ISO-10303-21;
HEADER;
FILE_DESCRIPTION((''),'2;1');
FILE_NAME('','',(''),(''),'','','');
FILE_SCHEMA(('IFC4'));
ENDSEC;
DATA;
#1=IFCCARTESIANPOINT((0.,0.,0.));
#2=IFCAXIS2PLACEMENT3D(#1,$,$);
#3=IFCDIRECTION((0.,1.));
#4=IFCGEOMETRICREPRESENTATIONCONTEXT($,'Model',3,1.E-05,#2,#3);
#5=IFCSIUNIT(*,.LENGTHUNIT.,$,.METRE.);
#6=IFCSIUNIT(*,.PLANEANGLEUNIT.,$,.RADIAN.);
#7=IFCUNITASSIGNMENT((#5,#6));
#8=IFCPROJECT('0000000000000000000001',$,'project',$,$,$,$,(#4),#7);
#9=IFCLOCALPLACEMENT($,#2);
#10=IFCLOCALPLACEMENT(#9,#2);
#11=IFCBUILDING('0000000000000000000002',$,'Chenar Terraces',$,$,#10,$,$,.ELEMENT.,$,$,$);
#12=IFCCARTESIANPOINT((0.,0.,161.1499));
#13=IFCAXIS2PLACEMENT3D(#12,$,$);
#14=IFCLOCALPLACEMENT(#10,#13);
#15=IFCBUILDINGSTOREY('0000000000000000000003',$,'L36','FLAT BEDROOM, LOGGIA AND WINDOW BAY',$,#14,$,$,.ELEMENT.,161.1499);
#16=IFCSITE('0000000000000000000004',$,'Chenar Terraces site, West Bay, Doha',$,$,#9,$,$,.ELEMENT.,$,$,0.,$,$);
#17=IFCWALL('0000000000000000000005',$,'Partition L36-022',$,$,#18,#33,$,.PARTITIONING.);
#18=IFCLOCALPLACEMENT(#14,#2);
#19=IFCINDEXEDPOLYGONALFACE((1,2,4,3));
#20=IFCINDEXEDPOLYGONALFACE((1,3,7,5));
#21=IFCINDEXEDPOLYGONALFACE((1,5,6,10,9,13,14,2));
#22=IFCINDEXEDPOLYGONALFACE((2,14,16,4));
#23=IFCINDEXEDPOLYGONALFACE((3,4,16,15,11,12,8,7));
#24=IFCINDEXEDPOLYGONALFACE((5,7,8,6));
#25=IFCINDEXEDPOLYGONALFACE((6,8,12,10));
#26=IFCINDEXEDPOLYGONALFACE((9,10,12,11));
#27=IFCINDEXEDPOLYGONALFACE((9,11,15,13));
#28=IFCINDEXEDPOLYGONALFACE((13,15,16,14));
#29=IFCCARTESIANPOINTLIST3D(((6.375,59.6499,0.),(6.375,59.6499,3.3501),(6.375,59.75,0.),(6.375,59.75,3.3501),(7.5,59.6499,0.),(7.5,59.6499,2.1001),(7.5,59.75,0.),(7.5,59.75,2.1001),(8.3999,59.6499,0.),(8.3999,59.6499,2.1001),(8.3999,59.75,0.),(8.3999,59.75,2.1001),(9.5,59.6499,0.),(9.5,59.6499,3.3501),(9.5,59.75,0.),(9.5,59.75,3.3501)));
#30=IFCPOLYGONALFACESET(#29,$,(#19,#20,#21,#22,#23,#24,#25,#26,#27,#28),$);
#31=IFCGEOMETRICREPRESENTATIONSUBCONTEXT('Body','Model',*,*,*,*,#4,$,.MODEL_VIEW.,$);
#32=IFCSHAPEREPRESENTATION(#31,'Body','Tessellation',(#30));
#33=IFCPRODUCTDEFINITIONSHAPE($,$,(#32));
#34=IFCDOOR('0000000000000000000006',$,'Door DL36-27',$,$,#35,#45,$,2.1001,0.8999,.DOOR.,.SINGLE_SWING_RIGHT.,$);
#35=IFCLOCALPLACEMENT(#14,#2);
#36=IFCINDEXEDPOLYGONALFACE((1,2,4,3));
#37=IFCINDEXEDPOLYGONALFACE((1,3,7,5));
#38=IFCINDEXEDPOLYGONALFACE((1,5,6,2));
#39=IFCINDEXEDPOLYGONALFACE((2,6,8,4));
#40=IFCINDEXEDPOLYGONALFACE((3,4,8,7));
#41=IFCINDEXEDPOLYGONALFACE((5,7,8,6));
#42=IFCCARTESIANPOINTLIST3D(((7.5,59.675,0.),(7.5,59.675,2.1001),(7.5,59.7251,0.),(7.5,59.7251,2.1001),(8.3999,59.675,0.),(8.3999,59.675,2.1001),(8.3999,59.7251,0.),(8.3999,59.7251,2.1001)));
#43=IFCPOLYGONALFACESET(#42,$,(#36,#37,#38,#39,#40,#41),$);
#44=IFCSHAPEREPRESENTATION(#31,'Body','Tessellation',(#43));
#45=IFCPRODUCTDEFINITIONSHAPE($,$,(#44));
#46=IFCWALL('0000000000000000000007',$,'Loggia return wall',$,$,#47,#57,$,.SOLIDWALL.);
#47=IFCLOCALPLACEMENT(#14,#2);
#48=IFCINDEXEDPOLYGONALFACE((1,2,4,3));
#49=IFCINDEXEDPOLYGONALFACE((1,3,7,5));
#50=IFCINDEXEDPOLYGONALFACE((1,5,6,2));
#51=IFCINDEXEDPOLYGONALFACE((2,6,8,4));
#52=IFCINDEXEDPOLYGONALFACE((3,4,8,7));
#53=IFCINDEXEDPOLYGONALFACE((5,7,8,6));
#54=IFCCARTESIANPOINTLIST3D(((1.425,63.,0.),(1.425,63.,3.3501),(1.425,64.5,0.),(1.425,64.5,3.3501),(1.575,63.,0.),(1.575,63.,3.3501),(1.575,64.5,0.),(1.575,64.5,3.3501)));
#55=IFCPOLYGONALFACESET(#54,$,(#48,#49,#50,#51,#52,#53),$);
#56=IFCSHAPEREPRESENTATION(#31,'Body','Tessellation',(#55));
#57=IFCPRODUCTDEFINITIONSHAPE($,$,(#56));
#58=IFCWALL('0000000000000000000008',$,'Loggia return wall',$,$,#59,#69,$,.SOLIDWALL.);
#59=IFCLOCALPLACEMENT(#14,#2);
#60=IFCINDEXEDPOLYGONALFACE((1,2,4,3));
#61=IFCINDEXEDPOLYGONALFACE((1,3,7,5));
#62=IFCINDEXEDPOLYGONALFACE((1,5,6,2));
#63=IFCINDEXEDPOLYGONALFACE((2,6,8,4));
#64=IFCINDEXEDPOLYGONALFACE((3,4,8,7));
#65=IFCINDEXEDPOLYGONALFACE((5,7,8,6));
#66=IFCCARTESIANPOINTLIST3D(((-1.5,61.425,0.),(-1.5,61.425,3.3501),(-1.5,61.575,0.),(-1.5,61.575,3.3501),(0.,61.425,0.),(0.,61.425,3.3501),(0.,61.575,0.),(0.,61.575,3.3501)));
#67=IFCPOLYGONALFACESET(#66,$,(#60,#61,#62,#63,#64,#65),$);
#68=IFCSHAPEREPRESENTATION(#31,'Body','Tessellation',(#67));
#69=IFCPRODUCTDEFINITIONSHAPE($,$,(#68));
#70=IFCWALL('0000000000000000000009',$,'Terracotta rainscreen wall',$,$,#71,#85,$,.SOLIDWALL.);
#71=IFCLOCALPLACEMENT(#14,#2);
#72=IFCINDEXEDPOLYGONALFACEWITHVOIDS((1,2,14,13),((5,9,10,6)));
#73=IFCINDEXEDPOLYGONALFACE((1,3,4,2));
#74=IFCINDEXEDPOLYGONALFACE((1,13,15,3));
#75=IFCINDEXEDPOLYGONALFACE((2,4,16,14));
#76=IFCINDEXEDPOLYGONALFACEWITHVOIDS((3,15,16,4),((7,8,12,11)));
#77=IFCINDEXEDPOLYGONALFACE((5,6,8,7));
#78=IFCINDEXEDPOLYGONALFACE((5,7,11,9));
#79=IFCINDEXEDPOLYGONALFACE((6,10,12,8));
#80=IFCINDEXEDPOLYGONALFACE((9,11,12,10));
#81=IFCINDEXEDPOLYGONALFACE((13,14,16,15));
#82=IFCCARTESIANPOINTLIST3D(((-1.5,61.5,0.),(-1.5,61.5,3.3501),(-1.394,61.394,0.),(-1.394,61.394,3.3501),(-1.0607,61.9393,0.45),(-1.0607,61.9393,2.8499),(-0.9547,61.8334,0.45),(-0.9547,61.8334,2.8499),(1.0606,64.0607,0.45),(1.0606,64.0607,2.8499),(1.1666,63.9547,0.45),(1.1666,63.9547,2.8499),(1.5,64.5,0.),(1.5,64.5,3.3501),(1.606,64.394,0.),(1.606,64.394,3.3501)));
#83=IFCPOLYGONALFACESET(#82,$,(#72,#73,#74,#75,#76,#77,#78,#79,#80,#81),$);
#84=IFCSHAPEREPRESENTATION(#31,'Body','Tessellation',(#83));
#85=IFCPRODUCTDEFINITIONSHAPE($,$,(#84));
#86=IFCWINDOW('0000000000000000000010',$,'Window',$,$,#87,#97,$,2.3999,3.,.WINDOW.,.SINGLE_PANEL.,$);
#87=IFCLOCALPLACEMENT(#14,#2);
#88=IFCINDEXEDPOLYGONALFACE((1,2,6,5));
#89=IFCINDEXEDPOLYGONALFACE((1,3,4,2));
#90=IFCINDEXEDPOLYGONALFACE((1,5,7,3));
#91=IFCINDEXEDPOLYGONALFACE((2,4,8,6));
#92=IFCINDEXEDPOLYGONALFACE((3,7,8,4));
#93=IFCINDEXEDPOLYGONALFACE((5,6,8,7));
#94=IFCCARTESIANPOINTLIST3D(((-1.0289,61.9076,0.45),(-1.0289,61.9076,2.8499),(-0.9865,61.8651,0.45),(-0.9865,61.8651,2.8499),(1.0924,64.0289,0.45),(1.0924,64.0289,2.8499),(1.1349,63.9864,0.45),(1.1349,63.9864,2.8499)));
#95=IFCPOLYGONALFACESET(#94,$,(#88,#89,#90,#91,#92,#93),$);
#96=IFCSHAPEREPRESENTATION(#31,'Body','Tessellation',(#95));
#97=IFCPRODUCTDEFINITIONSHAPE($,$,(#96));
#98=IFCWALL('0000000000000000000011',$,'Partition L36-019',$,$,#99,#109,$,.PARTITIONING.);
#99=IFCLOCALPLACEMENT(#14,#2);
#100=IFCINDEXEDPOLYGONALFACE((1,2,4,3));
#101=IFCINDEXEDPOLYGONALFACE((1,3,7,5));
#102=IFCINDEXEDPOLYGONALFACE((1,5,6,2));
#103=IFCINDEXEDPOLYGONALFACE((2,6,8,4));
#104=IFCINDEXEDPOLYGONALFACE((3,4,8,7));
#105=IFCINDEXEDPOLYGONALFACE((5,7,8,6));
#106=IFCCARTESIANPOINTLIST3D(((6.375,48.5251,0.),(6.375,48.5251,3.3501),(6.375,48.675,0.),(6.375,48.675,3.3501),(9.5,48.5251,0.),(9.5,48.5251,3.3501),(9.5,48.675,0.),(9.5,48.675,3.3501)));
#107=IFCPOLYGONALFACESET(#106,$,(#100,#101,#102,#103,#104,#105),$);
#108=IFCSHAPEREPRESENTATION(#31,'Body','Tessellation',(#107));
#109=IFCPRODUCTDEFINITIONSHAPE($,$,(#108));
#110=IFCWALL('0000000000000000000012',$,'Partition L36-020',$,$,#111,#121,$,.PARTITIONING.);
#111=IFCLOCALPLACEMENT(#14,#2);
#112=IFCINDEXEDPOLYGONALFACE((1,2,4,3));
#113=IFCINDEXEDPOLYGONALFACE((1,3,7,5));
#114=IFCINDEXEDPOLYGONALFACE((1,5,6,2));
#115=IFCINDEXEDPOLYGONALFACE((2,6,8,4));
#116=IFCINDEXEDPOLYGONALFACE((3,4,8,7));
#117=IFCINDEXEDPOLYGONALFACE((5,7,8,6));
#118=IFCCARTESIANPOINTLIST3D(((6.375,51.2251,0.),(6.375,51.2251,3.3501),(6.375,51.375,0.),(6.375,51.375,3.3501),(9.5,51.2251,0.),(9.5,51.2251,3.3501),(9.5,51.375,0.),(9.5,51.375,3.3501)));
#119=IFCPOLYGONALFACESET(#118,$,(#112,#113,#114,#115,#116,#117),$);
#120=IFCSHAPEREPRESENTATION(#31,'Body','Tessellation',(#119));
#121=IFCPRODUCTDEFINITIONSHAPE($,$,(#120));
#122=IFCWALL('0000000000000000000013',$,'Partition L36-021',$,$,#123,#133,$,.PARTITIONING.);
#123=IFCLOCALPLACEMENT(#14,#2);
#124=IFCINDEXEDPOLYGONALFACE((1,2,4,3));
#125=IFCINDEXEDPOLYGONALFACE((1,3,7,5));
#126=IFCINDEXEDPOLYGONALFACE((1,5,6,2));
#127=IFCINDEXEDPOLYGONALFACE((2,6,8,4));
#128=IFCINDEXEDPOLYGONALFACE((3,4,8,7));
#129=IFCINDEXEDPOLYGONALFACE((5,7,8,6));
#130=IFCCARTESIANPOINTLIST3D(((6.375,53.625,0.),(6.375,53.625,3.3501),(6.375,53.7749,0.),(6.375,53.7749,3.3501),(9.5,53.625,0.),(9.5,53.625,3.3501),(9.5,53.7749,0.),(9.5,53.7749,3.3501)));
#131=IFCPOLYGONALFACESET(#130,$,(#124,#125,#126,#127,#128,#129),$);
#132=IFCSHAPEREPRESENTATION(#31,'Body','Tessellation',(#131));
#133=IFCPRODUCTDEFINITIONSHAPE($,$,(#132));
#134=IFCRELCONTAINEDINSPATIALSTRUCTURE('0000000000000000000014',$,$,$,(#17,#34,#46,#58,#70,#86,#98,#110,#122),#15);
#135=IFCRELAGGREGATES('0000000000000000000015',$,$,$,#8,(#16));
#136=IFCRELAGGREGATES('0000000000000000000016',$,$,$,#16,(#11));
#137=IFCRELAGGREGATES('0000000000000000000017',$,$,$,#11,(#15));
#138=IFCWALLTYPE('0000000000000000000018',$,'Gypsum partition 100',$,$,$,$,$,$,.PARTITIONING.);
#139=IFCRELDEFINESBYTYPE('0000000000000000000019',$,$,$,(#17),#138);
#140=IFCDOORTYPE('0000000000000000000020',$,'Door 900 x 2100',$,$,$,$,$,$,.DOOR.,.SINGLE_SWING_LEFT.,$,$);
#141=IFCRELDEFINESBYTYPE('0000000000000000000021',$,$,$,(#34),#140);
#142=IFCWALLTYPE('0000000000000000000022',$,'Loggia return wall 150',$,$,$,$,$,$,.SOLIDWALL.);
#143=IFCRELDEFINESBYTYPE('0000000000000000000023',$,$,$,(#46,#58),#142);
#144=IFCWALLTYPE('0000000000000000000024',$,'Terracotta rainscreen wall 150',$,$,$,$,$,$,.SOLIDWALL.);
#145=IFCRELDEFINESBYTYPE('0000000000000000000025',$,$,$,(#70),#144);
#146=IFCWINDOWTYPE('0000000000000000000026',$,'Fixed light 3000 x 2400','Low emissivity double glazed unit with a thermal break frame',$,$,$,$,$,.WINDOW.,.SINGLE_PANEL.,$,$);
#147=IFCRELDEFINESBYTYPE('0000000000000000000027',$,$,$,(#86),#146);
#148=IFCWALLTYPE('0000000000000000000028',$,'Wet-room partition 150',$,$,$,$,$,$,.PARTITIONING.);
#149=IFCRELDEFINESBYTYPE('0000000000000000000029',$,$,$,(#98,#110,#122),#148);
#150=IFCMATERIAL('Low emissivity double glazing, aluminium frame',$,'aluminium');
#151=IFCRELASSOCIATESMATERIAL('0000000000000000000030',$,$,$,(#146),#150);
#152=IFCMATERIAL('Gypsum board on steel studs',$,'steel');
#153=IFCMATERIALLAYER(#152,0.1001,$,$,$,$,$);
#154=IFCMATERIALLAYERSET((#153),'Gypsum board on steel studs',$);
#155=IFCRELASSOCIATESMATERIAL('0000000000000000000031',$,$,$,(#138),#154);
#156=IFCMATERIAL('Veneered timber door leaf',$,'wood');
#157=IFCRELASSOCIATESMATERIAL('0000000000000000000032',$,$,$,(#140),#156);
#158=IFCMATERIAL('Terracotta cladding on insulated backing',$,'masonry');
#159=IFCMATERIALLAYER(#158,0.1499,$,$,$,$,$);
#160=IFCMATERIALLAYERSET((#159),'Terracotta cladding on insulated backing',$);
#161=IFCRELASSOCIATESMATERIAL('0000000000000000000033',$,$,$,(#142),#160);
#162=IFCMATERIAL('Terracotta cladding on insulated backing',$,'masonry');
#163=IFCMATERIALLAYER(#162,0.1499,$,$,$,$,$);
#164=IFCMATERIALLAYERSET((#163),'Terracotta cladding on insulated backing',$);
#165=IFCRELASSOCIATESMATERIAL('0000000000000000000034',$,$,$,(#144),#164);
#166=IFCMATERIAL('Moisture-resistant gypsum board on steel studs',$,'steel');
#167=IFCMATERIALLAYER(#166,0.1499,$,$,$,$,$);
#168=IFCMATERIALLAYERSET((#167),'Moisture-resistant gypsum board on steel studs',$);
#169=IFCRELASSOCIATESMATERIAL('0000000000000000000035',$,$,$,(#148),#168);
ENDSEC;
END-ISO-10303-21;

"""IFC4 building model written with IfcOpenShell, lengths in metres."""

from ifc_helpers import new_model, si_unit, direction, frame, frame_2d, origin, place, context, subcontext, project, spatial, rectangle, extrude, material, layer, layer_set, type_object, element, fill, save


model = new_model("IFC4")

# Units and contexts
model_context = context("Model", 3, precision=1e-05, world=origin(), true_north=direction((0.0, 1.0)))
body_context = subcontext(model_context, "Body", "Model", "MODEL_VIEW")
ifc_project = project(units=[si_unit("LENGTHUNIT", "METRE"), si_unit("PLANEANGLEUNIT", "RADIAN")], contexts=[model_context])

# Site, building, storey
site_placement = place(None, origin())
site = spatial("IfcSite", under=ifc_project, at=site_placement, Name="Chenar Terraces site, West Bay, Doha", CompositionType="ELEMENT", RefElevation=0.0)
building_placement = place(site_placement, origin())
building = spatial("IfcBuilding", under=site, at=building_placement, Name="Chenar Terraces", CompositionType="ELEMENT")
storey_placement = place(building_placement, frame((0.0, 0.0, 161.1499)))
storey = spatial("IfcBuildingStorey", under=building, at=storey_placement, Name="L36", Description="FLAT BEDROOM, LOGGIA AND WINDOW BAY", CompositionType="ELEMENT", Elevation=161.1499)

# Shared definitions
ifc_material_1 = material(Name="Low emissivity double glazing, aluminium frame", Category="aluminium")
window_type_1 = type_object("IfcWindowType", Name="Fixed light 3000 x 2400", Description="Low emissivity double glazed unit with a thermal break frame", PartitioningType="SINGLE_PANEL", PredefinedType="WINDOW", material=ifc_material_1)

# Shared definitions
ifc_material_2 = material(Name="Gypsum board on steel studs", Category="steel")
ifc_layer_1 = layer(ifc_material_2, 0.1001)
ifc_layer_set_1 = layer_set([ifc_layer_1], Name="Gypsum board on steel studs")
wall_type_1 = type_object("IfcWallType", Name="Gypsum partition 100", PredefinedType="PARTITIONING", material=ifc_layer_set_1)

# Wall, opening, door
wall_1_placement = place(storey_placement, frame((6.375, 59.7, 0.0), z_axis=(0.0, 0.0, 1.0), x_axis=(1.0, 0.0, 0.0)))
wall_1 = element("IfcWall", 1, at=wall_1_placement, inside=storey, type_object=wall_type_1, Name="Partition L36-022", PredefinedType="PARTITIONING", context=body_context, shape_type="SweptSolid", body=[
    extrude(rectangle(XDim=3.125, YDim=0.1001, at=frame_2d((1.5625, 0.0))), origin(), (0.0, 0.0, 1.0), 3.3501),
])
opening_1_placement = place(wall_1_placement, frame((1.125, 0.0, 0.0)))
opening_1 = element("IfcOpeningElement", 2, at=opening_1_placement, cuts=wall_1, PredefinedType="OPENING", context=body_context, shape_type="SweptSolid", body=[
    extrude(rectangle(XDim=0.8999, YDim=2.1001, at=frame_2d((0.45, 1.05))), frame((0.0, 0.0601, 0.0), z_axis=(0.0, -1.0, 0.0), x_axis=(1.0, 0.0, 0.0)), (0.0, 0.0, 1.0), 0.1201),
])
ifc_material_3 = material(Name="Veneered timber door leaf", Category="wood")
door_type_1 = type_object("IfcDoorType", Name="Door 900 x 2100", OperationType="SINGLE_SWING_LEFT", PredefinedType="DOOR", material=ifc_material_3)
door_1_placement = place(opening_1_placement, frame((0.8999, 0.0, 0.0), z_axis=(0.0, 0.0, 1.0), x_axis=(-1.0, 0.0, 0.0)))
door_1 = element("IfcDoor", 3, at=door_1_placement, inside=storey, type_object=door_type_1, Name="Door DL36-27", OperationType="SINGLE_SWING_RIGHT", OverallHeight=2.1001, OverallWidth=0.8999, PredefinedType="DOOR", context=body_context, shape_type="SweptSolid", body=[
    extrude(rectangle(XDim=0.8999, YDim=2.1001, at=frame_2d((0.45, 1.05))), frame((0.0, 0.0249, 0.0), z_axis=(0.0, -1.0, 0.0), x_axis=(1.0, 0.0, 0.0)), (0.0, 0.0, 1.0), 0.05),
])
fill(opening_1, door_1)

# Walls
ifc_material_4 = material(Name="Terracotta cladding on insulated backing", Category="masonry")
ifc_layer_2 = layer(ifc_material_4, 0.1499)
ifc_layer_set_2 = layer_set([ifc_layer_2], Name="Terracotta cladding on insulated backing")
wall_type_2 = type_object("IfcWallType", Name="Loggia return wall 150", PredefinedType="SOLIDWALL", material=ifc_layer_set_2)
for number, where, z_axis, x_axis, name in (
    (4, (1.5, 64.5, 0.0), (0.0, 0.0, 1.0), (0.0, -1.0, 0.0), "Loggia return wall"),
    (5, (-1.5, 61.5, 0.0), (0.0, 0.0, 1.0), (1.0, 0.0, 0.0), "Loggia return wall"),
):
    element("IfcWall", number, at=place(storey_placement, frame(where, z_axis=z_axis, x_axis=x_axis)), inside=storey, type_object=wall_type_2, Name=name, PredefinedType="SOLIDWALL", context=body_context, shape_type="SweptSolid", body=[
        extrude(rectangle(XDim=1.5, YDim=0.1499, at=frame_2d((0.75, 0.0))), origin(), (0.0, 0.0, 1.0), 3.3501),
    ])

# Wall, opening, window
ifc_material_5 = material(Name="Terracotta cladding on insulated backing", Category="masonry")
ifc_layer_3 = layer(ifc_material_5, 0.1499)
ifc_layer_set_3 = layer_set([ifc_layer_3], Name="Terracotta cladding on insulated backing")
wall_type_3 = type_object("IfcWallType", Name="Terracotta rainscreen wall 150", PredefinedType="SOLIDWALL", material=ifc_layer_set_3)
wall_2_placement = place(storey_placement, frame((1.553, 64.447, 0.0), z_axis=(0.0, 0.0, 1.0), x_axis=(-0.707107, -0.707107, 0.0)))
wall_2 = element("IfcWall", 6, at=wall_2_placement, inside=storey, type_object=wall_type_3, Name="Terracotta rainscreen wall", PredefinedType="SOLIDWALL", context=body_context, shape_type="SweptSolid", body=[
    extrude(rectangle(XDim=4.2427, YDim=0.1499, at=frame_2d((2.1213, 0.0))), origin(), (0.0, 0.0, 1.0), 3.3501),
])
opening_2_placement = place(wall_2_placement, frame((0.6213, 0.0, 0.45)))
opening_2 = element("IfcOpeningElement", 7, at=opening_2_placement, cuts=wall_2, PredefinedType="OPENING", context=body_context, shape_type="SweptSolid", body=[
    extrude(rectangle(XDim=3.0, YDim=2.3999, at=frame_2d((1.5, 1.2))), frame((0.0, 0.085, 0.0), z_axis=(0.0, -1.0, 0.0), x_axis=(1.0, 0.0, 0.0)), (0.0, 0.0, 1.0), 0.1699),
])
window_1_placement = place(opening_2_placement, origin())
window_1 = element("IfcWindow", 8, at=window_1_placement, inside=storey, type_object=window_type_1, Name="Window", OverallHeight=2.3999, OverallWidth=3.0, PartitioningType="SINGLE_PANEL", PredefinedType="WINDOW", context=body_context, shape_type="SweptSolid", body=[
    extrude(rectangle(XDim=3.0, YDim=2.3999, at=frame_2d((1.5, 1.2))), frame((0.0, 0.03, 0.0), z_axis=(0.0, -1.0, 0.0), x_axis=(1.0, 0.0, 0.0)), (0.0, 0.0, 1.0), 0.0601),
])
fill(opening_2, window_1)

# Walls
ifc_material_6 = material(Name="Moisture-resistant gypsum board on steel studs", Category="steel")
ifc_layer_4 = layer(ifc_material_6, 0.1499)
ifc_layer_set_4 = layer_set([ifc_layer_4], Name="Moisture-resistant gypsum board on steel studs")
wall_type_4 = type_object("IfcWallType", Name="Wet-room partition 150", PredefinedType="PARTITIONING", material=ifc_layer_set_4)
for number, where, z_axis, x_axis, name in (
    (9, (6.375, 48.6001, 0.0), (0.0, 0.0, 1.0), (1.0, 0.0, 0.0), "Partition L36-019"),
    (10, (6.375, 51.3, 0.0), (0.0, 0.0, 1.0), (1.0, 0.0, 0.0), "Partition L36-020"),
    (11, (6.375, 53.7, 0.0), (0.0, 0.0, 1.0), (1.0, 0.0, 0.0), "Partition L36-021"),
):
    element("IfcWall", number, at=place(storey_placement, frame(where, z_axis=z_axis, x_axis=x_axis)), inside=storey, type_object=wall_type_4, Name=name, PredefinedType="PARTITIONING", context=body_context, shape_type="SweptSolid", body=[
        extrude(rectangle(XDim=3.125, YDim=0.1499, at=frame_2d((1.5625, 0.0))), origin(), (0.0, 0.0, 1.0), 3.3501),
    ])

save(model, "model.ifc")
